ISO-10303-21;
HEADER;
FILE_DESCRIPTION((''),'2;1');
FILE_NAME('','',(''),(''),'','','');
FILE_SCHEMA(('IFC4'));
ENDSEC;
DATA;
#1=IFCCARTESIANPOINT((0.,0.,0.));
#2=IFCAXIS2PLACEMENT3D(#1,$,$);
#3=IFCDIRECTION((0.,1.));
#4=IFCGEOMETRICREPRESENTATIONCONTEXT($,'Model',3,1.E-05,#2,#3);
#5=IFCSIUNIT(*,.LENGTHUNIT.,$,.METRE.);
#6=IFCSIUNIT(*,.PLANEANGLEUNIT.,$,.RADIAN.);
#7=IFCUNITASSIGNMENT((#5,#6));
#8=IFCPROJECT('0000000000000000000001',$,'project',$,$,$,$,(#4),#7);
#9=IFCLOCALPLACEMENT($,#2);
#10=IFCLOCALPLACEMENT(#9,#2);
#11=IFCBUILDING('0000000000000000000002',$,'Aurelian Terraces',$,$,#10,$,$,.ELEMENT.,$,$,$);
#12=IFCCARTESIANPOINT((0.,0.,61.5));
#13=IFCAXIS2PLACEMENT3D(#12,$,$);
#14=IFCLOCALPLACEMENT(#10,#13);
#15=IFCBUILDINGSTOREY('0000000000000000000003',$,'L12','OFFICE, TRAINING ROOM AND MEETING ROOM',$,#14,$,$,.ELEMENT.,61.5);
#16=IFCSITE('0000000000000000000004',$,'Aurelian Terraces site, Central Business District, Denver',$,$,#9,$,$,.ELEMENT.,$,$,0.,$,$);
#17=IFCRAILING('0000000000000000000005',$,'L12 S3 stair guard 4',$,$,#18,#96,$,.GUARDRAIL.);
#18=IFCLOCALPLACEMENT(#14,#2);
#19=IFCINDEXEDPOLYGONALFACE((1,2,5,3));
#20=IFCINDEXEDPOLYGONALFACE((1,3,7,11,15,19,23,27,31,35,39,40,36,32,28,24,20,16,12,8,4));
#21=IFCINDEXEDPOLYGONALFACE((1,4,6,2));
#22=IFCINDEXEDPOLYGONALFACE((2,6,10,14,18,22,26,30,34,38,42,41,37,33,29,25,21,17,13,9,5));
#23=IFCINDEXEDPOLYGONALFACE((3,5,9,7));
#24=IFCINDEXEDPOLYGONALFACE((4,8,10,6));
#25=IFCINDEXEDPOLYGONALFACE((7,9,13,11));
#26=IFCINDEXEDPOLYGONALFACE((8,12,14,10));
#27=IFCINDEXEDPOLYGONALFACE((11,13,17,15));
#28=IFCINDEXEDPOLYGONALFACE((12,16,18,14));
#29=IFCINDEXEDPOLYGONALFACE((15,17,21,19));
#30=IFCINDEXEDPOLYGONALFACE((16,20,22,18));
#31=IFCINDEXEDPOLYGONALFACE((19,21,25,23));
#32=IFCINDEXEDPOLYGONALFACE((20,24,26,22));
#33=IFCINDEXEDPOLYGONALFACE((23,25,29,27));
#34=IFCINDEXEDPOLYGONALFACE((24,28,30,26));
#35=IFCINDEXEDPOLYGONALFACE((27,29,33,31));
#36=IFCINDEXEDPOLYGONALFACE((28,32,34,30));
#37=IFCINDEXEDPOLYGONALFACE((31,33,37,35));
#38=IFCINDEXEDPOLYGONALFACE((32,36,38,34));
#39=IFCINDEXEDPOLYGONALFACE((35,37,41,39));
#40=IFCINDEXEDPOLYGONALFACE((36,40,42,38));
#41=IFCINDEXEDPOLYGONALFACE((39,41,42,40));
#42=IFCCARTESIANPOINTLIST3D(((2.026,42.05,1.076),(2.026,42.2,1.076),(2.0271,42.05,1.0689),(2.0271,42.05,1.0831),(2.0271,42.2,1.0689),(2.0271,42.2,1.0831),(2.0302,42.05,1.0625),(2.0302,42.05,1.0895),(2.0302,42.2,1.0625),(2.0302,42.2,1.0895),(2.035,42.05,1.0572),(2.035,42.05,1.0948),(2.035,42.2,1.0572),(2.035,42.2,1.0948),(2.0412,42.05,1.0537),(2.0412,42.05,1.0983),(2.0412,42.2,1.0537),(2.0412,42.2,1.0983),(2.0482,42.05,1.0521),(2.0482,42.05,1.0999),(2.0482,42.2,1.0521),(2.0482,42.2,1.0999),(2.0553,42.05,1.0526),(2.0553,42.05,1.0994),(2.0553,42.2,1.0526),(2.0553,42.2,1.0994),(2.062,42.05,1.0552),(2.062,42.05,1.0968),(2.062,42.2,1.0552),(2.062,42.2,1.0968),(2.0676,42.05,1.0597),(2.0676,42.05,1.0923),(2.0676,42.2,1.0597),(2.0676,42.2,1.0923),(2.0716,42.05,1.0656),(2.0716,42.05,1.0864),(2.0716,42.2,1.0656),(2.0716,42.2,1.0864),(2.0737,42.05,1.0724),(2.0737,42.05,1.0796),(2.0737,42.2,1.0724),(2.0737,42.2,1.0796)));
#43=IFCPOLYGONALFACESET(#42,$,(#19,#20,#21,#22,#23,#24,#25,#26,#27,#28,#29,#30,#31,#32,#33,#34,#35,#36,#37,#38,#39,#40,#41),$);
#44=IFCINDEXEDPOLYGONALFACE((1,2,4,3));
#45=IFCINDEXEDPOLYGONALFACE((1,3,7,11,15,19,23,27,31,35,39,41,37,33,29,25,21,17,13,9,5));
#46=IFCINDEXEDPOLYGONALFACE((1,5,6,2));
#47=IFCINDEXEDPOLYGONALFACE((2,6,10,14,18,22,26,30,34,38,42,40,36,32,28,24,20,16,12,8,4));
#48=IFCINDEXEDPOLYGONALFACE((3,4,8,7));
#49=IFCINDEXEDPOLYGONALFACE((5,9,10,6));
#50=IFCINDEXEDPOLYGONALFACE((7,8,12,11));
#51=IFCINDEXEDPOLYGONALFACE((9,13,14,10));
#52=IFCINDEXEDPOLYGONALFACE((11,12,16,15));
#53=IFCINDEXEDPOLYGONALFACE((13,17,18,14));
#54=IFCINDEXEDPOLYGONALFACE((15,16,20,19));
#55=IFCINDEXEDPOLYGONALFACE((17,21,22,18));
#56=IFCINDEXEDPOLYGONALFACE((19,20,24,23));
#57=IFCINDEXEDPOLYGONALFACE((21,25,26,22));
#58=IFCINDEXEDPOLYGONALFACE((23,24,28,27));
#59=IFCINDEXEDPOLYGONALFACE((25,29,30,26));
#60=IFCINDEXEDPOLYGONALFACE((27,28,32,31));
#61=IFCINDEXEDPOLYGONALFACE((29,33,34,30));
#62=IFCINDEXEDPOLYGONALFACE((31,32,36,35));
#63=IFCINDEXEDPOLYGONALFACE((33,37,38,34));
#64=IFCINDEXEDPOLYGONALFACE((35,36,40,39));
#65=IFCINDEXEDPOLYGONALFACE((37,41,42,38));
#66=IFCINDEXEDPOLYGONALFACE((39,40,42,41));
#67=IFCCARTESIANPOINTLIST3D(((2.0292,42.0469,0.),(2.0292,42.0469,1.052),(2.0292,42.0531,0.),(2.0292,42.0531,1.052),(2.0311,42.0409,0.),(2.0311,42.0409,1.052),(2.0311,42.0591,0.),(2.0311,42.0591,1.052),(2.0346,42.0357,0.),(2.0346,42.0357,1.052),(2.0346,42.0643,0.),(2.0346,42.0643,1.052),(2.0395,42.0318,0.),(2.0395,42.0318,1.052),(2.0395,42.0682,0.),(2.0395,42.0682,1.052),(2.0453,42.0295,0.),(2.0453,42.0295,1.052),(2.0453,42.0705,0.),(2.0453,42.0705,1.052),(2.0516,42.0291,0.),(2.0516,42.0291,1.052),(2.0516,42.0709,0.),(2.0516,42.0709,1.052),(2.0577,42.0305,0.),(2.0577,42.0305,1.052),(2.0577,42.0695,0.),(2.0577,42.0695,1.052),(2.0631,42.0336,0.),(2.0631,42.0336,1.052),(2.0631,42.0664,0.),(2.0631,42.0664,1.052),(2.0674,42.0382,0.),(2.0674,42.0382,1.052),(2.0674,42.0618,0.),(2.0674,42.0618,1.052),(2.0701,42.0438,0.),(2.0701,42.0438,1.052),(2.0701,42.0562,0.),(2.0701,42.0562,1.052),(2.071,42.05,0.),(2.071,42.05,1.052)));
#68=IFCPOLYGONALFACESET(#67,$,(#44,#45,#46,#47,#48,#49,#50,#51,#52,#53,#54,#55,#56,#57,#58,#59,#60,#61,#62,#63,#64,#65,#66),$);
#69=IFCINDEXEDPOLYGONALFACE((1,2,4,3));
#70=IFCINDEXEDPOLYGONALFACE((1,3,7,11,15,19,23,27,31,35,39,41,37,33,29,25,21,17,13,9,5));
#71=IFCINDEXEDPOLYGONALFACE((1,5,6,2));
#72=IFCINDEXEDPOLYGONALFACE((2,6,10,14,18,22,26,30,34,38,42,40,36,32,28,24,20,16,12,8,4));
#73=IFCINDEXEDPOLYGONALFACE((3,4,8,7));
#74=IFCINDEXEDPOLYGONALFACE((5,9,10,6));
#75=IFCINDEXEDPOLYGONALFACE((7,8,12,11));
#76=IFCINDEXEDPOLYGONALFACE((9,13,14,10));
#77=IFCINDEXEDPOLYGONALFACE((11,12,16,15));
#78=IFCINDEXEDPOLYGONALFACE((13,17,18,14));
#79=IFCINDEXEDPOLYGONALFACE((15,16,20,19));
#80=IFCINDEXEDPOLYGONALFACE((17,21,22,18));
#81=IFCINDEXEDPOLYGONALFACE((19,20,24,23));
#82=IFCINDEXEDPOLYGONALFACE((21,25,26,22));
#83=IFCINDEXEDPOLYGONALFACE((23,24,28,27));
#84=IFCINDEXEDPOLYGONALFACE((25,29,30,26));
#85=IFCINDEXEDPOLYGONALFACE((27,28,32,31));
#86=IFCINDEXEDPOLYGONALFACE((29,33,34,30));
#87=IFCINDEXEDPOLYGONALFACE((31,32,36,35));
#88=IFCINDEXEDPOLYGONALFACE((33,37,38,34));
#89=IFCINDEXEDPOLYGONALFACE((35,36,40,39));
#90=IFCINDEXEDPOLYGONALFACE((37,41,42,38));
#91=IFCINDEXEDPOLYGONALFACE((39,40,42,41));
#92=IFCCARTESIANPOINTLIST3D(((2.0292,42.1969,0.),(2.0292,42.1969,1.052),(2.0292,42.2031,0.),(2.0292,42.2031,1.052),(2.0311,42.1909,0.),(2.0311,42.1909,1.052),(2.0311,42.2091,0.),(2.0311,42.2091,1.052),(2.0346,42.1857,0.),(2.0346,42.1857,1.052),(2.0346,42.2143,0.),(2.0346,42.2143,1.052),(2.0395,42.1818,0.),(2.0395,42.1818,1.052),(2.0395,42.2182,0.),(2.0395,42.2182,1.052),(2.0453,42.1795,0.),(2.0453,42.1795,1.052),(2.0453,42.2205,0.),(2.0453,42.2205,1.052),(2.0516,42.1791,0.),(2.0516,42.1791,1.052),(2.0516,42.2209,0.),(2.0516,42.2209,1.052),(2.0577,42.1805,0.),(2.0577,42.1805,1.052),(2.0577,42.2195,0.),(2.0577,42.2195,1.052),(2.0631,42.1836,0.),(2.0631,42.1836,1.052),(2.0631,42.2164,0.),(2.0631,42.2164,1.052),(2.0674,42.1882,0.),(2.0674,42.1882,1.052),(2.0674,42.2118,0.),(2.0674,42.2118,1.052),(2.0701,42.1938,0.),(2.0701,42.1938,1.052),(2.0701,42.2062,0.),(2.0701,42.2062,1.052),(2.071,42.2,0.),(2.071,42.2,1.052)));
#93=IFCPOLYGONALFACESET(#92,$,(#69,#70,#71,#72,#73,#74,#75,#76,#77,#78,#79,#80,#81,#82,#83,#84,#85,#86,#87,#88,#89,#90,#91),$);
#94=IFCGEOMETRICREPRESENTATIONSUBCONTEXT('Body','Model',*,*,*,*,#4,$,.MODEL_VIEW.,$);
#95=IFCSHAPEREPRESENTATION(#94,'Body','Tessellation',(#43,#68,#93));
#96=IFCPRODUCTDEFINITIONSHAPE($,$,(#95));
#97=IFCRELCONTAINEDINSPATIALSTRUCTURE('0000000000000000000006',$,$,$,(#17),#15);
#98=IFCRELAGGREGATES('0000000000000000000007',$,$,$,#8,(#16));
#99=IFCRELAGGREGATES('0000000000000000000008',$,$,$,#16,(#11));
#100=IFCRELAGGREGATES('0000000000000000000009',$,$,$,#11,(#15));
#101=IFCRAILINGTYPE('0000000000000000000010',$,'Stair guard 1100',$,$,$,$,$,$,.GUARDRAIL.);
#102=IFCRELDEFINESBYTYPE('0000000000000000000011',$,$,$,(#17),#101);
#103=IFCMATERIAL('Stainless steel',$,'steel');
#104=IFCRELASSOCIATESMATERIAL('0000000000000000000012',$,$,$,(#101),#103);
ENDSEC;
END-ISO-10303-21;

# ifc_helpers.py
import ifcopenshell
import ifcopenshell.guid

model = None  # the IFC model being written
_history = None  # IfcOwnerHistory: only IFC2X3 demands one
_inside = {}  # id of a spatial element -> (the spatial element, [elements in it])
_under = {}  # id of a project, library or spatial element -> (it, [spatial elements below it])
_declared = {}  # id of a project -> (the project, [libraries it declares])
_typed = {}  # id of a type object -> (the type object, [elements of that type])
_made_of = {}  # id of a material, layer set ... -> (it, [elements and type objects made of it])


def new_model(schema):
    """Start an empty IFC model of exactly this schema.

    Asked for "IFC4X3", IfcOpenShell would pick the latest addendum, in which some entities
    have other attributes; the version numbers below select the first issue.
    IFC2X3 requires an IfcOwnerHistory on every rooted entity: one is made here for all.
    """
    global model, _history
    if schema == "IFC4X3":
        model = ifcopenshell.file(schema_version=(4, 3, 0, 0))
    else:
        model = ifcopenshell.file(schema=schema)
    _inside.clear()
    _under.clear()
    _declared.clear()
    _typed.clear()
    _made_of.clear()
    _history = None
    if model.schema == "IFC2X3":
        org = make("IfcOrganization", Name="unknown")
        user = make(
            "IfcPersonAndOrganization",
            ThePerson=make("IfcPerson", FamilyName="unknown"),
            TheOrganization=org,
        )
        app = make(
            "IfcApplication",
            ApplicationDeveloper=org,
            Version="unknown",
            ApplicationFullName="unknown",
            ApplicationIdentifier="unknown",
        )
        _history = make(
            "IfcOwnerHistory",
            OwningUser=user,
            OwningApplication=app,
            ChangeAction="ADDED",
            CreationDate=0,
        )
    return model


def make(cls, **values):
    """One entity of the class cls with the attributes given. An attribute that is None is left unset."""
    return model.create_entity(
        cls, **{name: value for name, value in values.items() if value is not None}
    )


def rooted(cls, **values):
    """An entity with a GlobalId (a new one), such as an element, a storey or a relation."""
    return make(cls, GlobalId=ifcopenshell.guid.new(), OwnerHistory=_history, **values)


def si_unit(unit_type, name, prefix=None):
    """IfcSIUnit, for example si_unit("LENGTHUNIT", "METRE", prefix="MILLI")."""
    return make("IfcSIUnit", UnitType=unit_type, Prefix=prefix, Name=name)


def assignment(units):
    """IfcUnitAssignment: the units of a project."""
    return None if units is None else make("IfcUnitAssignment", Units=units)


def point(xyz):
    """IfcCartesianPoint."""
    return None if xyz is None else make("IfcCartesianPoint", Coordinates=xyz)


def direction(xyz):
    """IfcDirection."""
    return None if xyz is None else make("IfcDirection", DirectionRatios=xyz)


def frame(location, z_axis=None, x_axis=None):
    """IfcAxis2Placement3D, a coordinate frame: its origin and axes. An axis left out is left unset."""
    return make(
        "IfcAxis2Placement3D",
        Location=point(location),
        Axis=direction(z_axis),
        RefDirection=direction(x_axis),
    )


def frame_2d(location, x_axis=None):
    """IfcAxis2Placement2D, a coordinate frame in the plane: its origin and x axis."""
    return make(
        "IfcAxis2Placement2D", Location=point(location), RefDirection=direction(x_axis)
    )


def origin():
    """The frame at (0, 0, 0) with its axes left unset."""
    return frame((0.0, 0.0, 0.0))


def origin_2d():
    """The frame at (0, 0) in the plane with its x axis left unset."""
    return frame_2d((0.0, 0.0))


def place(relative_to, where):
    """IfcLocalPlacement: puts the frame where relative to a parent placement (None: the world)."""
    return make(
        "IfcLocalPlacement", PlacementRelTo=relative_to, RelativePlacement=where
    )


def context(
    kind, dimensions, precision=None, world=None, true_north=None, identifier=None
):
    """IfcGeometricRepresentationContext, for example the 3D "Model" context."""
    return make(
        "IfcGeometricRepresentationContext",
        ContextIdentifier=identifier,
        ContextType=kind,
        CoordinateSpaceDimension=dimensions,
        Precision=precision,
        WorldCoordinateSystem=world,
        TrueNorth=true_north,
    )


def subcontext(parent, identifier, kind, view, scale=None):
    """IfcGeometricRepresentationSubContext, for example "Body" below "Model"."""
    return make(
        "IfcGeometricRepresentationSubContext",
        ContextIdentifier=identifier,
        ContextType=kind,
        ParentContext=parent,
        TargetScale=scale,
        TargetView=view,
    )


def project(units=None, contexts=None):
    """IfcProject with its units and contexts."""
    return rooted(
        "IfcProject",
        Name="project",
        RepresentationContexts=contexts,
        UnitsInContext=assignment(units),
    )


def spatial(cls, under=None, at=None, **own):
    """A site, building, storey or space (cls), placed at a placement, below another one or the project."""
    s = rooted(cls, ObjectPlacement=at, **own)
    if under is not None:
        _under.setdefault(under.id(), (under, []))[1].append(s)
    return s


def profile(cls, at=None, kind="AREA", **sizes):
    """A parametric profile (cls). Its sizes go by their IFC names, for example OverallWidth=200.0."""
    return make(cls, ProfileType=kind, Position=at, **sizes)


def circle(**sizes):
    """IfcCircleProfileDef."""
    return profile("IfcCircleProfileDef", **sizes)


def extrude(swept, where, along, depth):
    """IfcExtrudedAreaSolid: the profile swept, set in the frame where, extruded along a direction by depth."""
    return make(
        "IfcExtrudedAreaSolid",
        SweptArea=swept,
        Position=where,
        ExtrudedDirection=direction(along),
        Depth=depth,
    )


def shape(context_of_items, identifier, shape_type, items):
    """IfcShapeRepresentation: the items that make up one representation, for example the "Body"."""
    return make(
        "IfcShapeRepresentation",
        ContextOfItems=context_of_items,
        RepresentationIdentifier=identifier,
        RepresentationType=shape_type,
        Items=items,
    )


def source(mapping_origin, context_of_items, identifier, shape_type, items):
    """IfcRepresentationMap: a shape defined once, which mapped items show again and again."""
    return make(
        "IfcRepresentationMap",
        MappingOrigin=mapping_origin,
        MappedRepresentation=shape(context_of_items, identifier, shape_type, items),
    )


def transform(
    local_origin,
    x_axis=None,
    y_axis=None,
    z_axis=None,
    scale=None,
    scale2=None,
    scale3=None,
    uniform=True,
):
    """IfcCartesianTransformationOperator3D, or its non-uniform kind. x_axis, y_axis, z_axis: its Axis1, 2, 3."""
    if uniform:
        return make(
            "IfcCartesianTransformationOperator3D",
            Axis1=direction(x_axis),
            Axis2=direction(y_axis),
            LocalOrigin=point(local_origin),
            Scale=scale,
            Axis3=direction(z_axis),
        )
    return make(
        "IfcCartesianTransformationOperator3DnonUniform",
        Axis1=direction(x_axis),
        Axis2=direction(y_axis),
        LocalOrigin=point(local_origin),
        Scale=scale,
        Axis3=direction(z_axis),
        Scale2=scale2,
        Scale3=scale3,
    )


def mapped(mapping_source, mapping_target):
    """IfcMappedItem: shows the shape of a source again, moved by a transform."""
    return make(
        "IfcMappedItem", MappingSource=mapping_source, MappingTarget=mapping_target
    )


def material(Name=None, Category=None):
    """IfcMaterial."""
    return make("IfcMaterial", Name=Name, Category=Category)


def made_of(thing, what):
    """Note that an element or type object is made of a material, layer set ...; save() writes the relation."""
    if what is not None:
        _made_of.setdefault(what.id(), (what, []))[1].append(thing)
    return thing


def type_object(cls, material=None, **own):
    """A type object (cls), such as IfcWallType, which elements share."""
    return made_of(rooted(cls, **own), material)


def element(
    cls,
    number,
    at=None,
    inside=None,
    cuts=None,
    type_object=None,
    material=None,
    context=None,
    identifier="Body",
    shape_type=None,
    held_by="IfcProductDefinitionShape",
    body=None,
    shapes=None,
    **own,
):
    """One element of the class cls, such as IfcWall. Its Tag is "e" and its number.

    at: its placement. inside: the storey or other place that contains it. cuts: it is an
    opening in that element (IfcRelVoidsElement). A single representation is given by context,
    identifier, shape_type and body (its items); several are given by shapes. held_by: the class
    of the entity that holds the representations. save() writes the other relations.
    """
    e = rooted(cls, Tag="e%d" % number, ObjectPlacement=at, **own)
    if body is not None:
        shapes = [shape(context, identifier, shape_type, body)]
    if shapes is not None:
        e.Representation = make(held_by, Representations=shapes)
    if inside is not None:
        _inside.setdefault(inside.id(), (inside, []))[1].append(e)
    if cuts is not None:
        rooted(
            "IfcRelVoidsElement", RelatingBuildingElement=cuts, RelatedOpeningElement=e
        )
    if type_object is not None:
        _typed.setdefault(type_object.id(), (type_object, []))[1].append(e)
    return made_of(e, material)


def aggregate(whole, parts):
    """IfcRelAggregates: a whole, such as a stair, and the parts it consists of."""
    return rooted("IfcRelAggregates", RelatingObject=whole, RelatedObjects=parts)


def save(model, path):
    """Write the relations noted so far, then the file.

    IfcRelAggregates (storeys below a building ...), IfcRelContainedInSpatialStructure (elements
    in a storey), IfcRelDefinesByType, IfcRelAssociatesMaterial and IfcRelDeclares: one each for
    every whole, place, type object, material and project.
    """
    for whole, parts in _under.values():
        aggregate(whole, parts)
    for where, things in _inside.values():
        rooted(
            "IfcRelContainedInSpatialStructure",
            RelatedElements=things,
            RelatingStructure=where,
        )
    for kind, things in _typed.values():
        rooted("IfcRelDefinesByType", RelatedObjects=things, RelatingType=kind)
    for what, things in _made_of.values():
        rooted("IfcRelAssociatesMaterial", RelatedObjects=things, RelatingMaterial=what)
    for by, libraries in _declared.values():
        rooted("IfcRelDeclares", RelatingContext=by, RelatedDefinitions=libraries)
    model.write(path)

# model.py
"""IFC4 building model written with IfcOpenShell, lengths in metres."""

from ifc_helpers import new_model, si_unit, direction, frame, origin, origin_2d, place, context, subcontext, project, spatial, circle, extrude, source, transform, mapped, material, type_object, element, save


model = new_model("IFC4")

# Units and contexts
model_context = context("Model", 3, precision=1e-05, world=origin(), true_north=direction((0.0, 1.0)))
body_context = subcontext(model_context, "Body", "Model", "MODEL_VIEW")
ifc_project = project(units=[si_unit("LENGTHUNIT", "METRE"), si_unit("PLANEANGLEUNIT", "RADIAN")], contexts=[model_context])

# Site, building, storey
site_placement = place(None, origin())
site = spatial("IfcSite", under=ifc_project, at=site_placement, Name="Aurelian Terraces site, Central Business District, Denver", CompositionType="ELEMENT", RefElevation=0.0)
building_placement = place(site_placement, origin())
building = spatial("IfcBuilding", under=site, at=building_placement, Name="Aurelian Terraces", CompositionType="ELEMENT")
storey_placement = place(building_placement, frame((0.0, 0.0, 61.5)))
storey = spatial("IfcBuildingStorey", under=building, at=storey_placement, Name="L12", Description="OFFICE, TRAINING ROOM AND MEETING ROOM", CompositionType="ELEMENT", Elevation=61.5)

# Railing
ifc_material_1 = material(Name="Stainless steel", Category="steel")
railing_type_1 = type_object("IfcRailingType", Name="Stair guard 1100", PredefinedType="GUARDRAIL", material=ifc_material_1)
shared_shape_1 = source(origin(), body_context, "Body", "SweptSolid", [
    extrude(circle(Radius=0.024, at=origin_2d()), frame((0.0, 0.0, 1.076), z_axis=(0.0, 1.0, 0.0), x_axis=(-1.0, 0.0, 0.0)), (0.0, 0.0, 1.0), 0.15),
    extrude(circle(Radius=0.021, at=origin_2d()), origin(), (0.0, 0.0, 1.0), 1.052),
    extrude(circle(Radius=0.021, at=origin_2d()), frame((0.0, 0.15, 0.0)), (0.0, 0.0, 1.0), 1.052),
])
railing_1_placement = place(storey_placement, frame((2.05, 42.05, 0.0)))
element("IfcRailing", 1, at=railing_1_placement, inside=storey, type_object=railing_type_1, Name="L12 S3 stair guard 4", PredefinedType="GUARDRAIL", context=body_context, shape_type="MappedRepresentation", body=[
    mapped(shared_shape_1, transform((0.0, 0.0, 0.0), scale=1.0)),
])

save(model, "model.ifc")
